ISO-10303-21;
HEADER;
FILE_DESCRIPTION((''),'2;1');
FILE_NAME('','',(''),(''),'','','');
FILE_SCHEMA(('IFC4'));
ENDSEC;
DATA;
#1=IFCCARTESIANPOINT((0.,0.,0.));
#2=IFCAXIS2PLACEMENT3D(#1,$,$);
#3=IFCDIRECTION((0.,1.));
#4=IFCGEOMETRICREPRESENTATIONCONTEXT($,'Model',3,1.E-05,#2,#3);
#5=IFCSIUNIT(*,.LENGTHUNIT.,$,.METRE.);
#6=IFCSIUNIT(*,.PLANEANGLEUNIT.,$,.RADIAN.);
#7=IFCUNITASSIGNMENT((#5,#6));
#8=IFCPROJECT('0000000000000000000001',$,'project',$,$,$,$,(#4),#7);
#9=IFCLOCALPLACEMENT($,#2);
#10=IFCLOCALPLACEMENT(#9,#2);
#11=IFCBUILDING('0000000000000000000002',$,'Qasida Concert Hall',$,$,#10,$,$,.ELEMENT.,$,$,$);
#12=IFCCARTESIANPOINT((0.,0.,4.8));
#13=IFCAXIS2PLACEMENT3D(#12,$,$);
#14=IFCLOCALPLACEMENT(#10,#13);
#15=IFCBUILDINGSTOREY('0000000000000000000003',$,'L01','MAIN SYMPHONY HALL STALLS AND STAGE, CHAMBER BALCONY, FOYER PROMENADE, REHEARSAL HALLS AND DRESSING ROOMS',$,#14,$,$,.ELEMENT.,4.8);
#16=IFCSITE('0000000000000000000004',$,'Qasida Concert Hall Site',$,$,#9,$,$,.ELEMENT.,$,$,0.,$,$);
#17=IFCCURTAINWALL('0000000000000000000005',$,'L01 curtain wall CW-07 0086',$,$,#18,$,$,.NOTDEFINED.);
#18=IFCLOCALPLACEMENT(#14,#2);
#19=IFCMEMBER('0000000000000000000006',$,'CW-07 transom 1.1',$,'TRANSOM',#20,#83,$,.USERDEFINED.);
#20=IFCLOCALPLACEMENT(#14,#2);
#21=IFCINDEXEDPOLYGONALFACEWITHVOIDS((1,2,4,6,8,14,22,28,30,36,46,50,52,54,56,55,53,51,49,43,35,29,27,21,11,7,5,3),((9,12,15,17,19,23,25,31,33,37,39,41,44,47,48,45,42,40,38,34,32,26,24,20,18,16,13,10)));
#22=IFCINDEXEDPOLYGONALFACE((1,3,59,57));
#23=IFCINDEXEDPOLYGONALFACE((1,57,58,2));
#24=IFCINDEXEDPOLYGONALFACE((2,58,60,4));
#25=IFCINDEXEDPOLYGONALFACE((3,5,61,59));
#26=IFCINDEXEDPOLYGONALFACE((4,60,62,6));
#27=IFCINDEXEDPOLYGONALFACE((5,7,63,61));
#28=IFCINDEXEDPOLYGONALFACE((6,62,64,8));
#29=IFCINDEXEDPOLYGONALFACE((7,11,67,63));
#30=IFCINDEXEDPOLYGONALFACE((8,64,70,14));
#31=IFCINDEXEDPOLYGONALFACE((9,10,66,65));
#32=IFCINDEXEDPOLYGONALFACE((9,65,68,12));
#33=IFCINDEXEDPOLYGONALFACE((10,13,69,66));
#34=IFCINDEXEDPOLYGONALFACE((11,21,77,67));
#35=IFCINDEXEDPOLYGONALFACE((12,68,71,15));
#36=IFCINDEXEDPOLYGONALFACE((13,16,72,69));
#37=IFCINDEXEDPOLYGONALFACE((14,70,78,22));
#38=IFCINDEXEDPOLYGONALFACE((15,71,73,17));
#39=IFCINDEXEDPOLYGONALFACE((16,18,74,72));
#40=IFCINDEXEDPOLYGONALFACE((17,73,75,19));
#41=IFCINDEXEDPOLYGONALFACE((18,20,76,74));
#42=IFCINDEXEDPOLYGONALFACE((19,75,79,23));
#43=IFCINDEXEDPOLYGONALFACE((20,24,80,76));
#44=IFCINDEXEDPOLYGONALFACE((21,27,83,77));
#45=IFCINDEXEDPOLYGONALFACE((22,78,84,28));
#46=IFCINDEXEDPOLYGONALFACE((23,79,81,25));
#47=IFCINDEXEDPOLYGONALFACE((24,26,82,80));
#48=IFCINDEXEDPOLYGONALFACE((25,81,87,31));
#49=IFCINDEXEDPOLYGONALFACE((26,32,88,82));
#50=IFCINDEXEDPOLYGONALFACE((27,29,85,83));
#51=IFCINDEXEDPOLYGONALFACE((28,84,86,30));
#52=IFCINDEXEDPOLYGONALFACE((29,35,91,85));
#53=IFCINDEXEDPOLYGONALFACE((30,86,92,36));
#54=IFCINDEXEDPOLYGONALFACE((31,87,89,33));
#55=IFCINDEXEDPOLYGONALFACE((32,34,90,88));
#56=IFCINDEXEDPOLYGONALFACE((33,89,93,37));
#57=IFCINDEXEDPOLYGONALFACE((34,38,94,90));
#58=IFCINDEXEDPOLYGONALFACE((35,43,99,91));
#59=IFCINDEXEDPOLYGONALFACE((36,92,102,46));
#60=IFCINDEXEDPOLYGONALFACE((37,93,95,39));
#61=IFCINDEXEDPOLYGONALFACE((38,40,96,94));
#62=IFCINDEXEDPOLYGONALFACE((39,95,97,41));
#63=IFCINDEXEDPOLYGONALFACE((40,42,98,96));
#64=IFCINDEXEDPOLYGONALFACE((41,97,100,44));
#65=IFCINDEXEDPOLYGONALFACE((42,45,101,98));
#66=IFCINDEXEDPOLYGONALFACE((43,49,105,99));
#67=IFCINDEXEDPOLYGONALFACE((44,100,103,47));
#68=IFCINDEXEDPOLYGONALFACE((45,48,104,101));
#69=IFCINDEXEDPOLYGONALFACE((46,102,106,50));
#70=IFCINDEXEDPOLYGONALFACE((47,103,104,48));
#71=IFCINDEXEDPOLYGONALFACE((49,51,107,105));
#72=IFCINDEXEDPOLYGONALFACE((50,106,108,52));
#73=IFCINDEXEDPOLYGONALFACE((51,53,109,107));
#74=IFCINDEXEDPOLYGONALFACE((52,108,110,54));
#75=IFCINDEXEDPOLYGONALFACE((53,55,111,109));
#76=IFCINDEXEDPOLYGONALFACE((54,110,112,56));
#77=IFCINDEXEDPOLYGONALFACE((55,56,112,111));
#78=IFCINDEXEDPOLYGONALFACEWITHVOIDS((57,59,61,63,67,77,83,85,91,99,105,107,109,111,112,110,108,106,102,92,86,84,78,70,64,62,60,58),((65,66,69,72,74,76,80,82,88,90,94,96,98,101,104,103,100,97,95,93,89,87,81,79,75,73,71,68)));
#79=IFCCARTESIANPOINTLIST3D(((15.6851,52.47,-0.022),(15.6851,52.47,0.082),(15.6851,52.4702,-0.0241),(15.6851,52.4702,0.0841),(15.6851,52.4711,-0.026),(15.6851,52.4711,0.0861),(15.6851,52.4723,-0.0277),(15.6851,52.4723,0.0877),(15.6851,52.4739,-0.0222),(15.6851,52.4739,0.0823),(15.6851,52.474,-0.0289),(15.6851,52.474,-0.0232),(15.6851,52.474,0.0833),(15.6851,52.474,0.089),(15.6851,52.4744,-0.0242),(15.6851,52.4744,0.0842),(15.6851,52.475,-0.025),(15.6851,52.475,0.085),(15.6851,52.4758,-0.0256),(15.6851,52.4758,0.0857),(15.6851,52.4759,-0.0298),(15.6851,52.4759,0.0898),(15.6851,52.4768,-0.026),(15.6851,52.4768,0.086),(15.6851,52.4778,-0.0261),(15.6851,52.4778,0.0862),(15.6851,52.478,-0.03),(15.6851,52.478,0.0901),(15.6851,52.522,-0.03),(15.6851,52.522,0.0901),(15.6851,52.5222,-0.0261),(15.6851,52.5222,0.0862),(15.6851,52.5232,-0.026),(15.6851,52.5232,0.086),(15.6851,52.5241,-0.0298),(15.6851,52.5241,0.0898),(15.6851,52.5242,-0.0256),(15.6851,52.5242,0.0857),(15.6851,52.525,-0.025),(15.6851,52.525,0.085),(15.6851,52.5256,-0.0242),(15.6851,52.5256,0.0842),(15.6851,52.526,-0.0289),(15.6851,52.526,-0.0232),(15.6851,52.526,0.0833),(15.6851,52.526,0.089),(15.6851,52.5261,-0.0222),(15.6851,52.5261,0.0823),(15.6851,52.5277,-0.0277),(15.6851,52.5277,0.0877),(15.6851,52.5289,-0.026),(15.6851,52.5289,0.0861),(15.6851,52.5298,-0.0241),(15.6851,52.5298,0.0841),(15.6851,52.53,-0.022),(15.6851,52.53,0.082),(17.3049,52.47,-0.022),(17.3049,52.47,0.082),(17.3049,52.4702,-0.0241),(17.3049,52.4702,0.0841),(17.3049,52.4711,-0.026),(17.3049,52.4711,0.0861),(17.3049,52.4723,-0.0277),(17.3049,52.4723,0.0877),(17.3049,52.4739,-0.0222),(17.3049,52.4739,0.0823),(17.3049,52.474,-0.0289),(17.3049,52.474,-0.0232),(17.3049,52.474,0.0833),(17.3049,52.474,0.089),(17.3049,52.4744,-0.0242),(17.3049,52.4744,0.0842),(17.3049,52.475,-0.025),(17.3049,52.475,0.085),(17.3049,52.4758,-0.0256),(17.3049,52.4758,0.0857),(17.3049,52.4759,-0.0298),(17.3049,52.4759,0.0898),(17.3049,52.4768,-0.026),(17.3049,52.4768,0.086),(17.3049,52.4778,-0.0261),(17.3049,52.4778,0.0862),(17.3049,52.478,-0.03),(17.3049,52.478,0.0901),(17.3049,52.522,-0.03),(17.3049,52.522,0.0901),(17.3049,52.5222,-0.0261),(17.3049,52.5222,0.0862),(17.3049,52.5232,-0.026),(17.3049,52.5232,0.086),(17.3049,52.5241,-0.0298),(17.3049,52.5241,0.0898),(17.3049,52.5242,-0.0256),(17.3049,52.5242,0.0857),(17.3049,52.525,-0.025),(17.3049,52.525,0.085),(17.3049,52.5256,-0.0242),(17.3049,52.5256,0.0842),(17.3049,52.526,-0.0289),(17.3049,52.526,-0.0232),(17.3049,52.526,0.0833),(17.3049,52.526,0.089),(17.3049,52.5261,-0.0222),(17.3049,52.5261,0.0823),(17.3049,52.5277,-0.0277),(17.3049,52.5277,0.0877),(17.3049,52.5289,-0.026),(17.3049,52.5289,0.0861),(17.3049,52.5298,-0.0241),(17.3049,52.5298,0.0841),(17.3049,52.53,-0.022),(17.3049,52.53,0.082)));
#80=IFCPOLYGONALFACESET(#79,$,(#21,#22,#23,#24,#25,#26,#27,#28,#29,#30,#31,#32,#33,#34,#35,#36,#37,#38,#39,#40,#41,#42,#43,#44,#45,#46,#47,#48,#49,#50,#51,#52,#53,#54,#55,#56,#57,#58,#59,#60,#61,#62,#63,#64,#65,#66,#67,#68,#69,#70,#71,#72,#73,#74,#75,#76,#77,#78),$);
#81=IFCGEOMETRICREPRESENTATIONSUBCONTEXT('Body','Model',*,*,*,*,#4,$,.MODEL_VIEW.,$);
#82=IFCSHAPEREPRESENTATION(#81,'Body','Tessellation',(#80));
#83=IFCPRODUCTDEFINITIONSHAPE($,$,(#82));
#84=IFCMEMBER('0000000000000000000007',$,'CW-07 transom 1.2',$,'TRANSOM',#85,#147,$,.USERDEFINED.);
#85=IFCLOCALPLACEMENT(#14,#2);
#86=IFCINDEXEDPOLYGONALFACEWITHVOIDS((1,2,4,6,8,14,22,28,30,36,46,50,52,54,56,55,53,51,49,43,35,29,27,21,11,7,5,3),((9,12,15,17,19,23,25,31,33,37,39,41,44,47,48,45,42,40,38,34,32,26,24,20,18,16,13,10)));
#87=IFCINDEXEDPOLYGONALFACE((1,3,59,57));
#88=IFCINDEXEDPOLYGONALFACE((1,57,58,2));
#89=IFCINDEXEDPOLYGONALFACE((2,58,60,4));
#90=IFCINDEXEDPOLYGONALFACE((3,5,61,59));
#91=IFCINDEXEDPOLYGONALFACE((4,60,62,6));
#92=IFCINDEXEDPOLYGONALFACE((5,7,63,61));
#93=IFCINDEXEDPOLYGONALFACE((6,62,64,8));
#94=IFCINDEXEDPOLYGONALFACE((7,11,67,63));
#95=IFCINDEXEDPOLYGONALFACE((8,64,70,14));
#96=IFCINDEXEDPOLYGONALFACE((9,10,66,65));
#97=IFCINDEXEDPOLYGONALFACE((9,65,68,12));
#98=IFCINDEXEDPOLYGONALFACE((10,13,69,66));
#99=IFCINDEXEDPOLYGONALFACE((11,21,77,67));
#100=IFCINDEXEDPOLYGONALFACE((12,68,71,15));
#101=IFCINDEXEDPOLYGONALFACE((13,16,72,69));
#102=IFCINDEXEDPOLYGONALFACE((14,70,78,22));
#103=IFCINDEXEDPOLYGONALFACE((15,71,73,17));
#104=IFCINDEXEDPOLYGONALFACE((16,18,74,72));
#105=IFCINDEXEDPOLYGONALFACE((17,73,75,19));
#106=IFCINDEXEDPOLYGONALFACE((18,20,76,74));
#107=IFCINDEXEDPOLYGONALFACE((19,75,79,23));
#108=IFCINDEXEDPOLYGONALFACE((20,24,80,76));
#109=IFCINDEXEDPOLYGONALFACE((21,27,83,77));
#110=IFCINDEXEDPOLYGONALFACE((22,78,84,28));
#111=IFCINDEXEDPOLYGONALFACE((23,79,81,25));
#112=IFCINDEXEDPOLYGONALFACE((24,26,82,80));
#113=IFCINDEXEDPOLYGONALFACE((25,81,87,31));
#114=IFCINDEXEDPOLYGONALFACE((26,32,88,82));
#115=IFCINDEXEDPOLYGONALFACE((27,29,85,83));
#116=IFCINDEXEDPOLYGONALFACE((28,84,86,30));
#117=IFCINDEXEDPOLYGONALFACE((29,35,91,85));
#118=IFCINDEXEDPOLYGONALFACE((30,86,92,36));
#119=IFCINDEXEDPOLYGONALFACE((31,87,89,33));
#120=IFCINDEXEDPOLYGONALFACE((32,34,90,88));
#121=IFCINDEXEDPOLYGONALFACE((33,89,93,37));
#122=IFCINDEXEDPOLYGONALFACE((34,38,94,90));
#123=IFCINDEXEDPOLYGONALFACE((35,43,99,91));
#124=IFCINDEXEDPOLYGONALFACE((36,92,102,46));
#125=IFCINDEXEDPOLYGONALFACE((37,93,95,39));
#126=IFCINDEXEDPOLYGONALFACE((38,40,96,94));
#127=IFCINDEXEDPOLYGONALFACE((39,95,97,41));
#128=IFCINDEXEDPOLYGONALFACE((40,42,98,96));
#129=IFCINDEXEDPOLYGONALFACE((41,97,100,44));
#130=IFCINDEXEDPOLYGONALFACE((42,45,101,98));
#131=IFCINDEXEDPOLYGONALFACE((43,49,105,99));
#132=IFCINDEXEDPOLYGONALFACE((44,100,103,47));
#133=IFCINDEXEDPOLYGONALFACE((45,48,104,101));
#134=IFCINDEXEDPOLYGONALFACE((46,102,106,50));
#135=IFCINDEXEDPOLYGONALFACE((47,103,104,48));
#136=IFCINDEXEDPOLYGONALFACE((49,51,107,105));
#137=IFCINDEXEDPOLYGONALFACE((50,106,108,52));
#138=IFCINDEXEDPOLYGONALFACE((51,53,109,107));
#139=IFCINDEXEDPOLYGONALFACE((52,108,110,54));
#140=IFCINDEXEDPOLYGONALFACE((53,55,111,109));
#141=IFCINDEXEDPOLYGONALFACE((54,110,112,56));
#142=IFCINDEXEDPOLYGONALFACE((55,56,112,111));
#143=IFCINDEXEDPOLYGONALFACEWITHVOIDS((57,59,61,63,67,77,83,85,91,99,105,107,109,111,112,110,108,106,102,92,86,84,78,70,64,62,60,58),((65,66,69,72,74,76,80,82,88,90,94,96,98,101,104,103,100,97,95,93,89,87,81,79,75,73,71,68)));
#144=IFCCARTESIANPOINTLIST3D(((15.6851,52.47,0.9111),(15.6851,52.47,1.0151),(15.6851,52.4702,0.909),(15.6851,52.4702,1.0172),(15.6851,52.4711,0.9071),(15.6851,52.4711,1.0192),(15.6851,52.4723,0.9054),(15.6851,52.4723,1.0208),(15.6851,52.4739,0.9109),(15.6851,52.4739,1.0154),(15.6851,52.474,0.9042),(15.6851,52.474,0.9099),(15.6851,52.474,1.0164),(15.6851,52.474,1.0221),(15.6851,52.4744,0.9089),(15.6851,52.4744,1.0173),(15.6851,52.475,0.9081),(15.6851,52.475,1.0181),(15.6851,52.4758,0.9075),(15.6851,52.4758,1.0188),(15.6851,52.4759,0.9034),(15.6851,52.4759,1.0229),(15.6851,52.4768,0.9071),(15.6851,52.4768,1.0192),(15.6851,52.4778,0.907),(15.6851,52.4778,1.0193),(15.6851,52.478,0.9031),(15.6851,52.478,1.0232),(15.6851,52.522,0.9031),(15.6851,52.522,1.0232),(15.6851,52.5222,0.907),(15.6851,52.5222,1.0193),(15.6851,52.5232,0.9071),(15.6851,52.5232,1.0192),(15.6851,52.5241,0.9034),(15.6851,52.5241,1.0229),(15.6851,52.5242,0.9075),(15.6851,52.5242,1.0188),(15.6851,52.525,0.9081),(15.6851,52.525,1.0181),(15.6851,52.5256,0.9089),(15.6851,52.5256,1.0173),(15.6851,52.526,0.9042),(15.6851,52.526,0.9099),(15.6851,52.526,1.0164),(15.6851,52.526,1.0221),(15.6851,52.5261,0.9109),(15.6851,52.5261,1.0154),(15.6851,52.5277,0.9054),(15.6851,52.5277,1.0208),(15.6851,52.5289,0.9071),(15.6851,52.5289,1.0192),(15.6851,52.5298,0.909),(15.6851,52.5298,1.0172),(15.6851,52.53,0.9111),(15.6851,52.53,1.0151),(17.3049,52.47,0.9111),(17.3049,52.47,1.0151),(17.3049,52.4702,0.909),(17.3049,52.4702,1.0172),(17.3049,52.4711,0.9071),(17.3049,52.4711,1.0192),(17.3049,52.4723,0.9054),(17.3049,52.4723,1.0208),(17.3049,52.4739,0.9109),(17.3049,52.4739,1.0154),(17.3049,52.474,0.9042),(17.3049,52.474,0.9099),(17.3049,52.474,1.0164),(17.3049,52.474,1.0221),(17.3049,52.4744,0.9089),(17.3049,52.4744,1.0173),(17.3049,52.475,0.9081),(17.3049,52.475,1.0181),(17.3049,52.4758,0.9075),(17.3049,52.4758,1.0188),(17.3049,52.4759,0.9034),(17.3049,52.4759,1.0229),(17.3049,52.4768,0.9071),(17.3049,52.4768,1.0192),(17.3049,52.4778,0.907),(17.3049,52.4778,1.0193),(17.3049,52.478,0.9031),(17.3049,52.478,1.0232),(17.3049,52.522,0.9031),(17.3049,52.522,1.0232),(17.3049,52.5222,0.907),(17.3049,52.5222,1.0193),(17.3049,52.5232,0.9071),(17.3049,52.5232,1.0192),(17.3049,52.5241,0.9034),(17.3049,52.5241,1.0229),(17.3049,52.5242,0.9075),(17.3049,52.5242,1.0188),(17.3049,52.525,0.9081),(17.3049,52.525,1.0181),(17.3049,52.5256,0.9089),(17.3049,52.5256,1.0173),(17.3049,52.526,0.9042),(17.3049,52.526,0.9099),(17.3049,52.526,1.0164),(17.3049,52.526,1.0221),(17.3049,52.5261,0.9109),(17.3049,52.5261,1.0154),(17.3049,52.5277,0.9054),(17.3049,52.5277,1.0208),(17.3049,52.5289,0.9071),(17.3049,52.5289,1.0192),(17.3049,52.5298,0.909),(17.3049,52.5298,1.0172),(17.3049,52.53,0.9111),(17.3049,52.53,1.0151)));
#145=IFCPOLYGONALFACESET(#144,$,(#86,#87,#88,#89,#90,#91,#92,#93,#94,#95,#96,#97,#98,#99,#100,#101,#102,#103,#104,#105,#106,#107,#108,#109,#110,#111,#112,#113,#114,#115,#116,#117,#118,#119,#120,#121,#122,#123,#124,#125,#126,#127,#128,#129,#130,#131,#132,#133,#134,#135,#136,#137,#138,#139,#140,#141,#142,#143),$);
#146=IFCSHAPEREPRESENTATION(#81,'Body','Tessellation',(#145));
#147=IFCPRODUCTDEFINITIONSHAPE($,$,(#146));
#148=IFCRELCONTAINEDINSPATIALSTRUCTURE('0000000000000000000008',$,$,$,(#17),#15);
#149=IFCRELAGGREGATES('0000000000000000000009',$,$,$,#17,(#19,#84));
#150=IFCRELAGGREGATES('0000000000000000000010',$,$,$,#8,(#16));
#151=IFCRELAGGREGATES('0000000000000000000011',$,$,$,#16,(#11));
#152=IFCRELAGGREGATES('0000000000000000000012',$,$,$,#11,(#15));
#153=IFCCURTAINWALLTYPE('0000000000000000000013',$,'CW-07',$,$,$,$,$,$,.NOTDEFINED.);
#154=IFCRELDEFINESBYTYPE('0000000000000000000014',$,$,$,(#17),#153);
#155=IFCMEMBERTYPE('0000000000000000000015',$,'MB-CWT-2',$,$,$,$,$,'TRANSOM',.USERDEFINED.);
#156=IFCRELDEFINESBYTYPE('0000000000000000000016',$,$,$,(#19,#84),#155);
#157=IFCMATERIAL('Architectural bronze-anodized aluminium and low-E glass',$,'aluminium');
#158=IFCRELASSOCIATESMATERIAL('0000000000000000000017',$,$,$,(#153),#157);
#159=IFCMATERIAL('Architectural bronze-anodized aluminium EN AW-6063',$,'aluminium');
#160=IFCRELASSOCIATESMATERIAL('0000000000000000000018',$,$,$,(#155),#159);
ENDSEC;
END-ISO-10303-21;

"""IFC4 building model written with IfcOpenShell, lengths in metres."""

from ifc_helpers import new_model, si_unit, direction, frame, origin, origin_2d, place, context, subcontext, project, spatial, hollow_rectangle, extrude, material, material_profile, profile_set, type_object, element, aggregate, save


model = new_model("IFC4")

# Units and contexts
model_context = context("Model", 3, precision=1e-05, world=origin(), true_north=direction((0.0, 1.0)))
body_context = subcontext(model_context, "Body", "Model", "MODEL_VIEW")
ifc_project = project(units=[si_unit("LENGTHUNIT", "METRE"), si_unit("PLANEANGLEUNIT", "RADIAN")], contexts=[model_context])

# Site, building, storey
site_placement = place(None, origin())
site = spatial("IfcSite", under=ifc_project, at=site_placement, Name="Qasida Concert Hall Site", CompositionType="ELEMENT", RefElevation=0.0)
building_placement = place(site_placement, origin())
building = spatial("IfcBuilding", under=site, at=building_placement, Name="Qasida Concert Hall", CompositionType="ELEMENT")
storey_placement = place(building_placement, frame((0.0, 0.0, 4.8)))
storey = spatial("IfcBuildingStorey", under=building, at=storey_placement, Name="L01", Description="MAIN SYMPHONY HALL STALLS AND STAGE, CHAMBER BALCONY, FOYER PROMENADE, REHEARSAL HALLS AND DRESSING ROOMS", CompositionType="ELEMENT", Elevation=4.8)

# Curtain wall
ifc_material_1 = material(Name="Architectural bronze-anodized aluminium and low-E glass", Category="aluminium")
curtain_wall_type_1 = type_object("IfcCurtainWallType", Name="CW-07", PredefinedType="NOTDEFINED", material=ifc_material_1)
curtain_wall_1_placement = place(storey_placement, origin())
curtain_wall_1 = element("IfcCurtainWall", 1, at=curtain_wall_1_placement, inside=storey, type_object=curtain_wall_type_1, Name="L01 curtain wall CW-07 0086", PredefinedType="NOTDEFINED")
ifc_material_2 = material(Name="Architectural bronze-anodized aluminium EN AW-6063", Category="aluminium")

# Members
ifc_material_profile_1 = material_profile(ifc_material_2, hollow_rectangle(XDim=0.0601, YDim=0.1201, WallThickness=0.0039, InnerFilletRadius=0.0039, OuterFilletRadius=0.0081, at=origin_2d()), Name="CWT 120x60x4")
ifc_profile_set_1 = profile_set([ifc_material_profile_1], Name="Architectural bronze-anodized aluminium EN AW-6063")
member_type_1 = type_object("IfcMemberType", Name="MB-CWT-2", ElementType="TRANSOM", PredefinedType="USERDEFINED", material=ifc_profile_set_1)
member_1_placement = place(storey_placement, frame((15.6851, 52.5, 0.03), z_axis=(1.0, 0.0, 0.0), x_axis=(0.0, 1.0, 0.0)))
member_1 = element("IfcMember", 2, at=member_1_placement, type_object=member_type_1, Name="CW-07 transom 1.1", ObjectType="TRANSOM", PredefinedType="USERDEFINED", context=body_context, shape_type="SweptSolid", body=[
    extrude(hollow_rectangle(XDim=0.0601, YDim=0.1201, WallThickness=0.0039, InnerFilletRadius=0.0039, OuterFilletRadius=0.0081, at=origin_2d()), origin(), (0.0, 0.0, 1.0), 1.6199),
])
member_2_placement = place(storey_placement, frame((15.6851, 52.5, 0.9631), z_axis=(1.0, 0.0, 0.0), x_axis=(0.0, 1.0, 0.0)))
member_2 = element("IfcMember", 3, at=member_2_placement, type_object=member_type_1, Name="CW-07 transom 1.2", ObjectType="TRANSOM", PredefinedType="USERDEFINED", context=body_context, shape_type="SweptSolid", body=[
    extrude(hollow_rectangle(XDim=0.0601, YDim=0.1201, WallThickness=0.0039, InnerFilletRadius=0.0039, OuterFilletRadius=0.0081, at=origin_2d()), origin(), (0.0, 0.0, 1.0), 1.6199),
])

aggregate(curtain_wall_1, [member_1, member_2])

save(model, "model.ifc")
